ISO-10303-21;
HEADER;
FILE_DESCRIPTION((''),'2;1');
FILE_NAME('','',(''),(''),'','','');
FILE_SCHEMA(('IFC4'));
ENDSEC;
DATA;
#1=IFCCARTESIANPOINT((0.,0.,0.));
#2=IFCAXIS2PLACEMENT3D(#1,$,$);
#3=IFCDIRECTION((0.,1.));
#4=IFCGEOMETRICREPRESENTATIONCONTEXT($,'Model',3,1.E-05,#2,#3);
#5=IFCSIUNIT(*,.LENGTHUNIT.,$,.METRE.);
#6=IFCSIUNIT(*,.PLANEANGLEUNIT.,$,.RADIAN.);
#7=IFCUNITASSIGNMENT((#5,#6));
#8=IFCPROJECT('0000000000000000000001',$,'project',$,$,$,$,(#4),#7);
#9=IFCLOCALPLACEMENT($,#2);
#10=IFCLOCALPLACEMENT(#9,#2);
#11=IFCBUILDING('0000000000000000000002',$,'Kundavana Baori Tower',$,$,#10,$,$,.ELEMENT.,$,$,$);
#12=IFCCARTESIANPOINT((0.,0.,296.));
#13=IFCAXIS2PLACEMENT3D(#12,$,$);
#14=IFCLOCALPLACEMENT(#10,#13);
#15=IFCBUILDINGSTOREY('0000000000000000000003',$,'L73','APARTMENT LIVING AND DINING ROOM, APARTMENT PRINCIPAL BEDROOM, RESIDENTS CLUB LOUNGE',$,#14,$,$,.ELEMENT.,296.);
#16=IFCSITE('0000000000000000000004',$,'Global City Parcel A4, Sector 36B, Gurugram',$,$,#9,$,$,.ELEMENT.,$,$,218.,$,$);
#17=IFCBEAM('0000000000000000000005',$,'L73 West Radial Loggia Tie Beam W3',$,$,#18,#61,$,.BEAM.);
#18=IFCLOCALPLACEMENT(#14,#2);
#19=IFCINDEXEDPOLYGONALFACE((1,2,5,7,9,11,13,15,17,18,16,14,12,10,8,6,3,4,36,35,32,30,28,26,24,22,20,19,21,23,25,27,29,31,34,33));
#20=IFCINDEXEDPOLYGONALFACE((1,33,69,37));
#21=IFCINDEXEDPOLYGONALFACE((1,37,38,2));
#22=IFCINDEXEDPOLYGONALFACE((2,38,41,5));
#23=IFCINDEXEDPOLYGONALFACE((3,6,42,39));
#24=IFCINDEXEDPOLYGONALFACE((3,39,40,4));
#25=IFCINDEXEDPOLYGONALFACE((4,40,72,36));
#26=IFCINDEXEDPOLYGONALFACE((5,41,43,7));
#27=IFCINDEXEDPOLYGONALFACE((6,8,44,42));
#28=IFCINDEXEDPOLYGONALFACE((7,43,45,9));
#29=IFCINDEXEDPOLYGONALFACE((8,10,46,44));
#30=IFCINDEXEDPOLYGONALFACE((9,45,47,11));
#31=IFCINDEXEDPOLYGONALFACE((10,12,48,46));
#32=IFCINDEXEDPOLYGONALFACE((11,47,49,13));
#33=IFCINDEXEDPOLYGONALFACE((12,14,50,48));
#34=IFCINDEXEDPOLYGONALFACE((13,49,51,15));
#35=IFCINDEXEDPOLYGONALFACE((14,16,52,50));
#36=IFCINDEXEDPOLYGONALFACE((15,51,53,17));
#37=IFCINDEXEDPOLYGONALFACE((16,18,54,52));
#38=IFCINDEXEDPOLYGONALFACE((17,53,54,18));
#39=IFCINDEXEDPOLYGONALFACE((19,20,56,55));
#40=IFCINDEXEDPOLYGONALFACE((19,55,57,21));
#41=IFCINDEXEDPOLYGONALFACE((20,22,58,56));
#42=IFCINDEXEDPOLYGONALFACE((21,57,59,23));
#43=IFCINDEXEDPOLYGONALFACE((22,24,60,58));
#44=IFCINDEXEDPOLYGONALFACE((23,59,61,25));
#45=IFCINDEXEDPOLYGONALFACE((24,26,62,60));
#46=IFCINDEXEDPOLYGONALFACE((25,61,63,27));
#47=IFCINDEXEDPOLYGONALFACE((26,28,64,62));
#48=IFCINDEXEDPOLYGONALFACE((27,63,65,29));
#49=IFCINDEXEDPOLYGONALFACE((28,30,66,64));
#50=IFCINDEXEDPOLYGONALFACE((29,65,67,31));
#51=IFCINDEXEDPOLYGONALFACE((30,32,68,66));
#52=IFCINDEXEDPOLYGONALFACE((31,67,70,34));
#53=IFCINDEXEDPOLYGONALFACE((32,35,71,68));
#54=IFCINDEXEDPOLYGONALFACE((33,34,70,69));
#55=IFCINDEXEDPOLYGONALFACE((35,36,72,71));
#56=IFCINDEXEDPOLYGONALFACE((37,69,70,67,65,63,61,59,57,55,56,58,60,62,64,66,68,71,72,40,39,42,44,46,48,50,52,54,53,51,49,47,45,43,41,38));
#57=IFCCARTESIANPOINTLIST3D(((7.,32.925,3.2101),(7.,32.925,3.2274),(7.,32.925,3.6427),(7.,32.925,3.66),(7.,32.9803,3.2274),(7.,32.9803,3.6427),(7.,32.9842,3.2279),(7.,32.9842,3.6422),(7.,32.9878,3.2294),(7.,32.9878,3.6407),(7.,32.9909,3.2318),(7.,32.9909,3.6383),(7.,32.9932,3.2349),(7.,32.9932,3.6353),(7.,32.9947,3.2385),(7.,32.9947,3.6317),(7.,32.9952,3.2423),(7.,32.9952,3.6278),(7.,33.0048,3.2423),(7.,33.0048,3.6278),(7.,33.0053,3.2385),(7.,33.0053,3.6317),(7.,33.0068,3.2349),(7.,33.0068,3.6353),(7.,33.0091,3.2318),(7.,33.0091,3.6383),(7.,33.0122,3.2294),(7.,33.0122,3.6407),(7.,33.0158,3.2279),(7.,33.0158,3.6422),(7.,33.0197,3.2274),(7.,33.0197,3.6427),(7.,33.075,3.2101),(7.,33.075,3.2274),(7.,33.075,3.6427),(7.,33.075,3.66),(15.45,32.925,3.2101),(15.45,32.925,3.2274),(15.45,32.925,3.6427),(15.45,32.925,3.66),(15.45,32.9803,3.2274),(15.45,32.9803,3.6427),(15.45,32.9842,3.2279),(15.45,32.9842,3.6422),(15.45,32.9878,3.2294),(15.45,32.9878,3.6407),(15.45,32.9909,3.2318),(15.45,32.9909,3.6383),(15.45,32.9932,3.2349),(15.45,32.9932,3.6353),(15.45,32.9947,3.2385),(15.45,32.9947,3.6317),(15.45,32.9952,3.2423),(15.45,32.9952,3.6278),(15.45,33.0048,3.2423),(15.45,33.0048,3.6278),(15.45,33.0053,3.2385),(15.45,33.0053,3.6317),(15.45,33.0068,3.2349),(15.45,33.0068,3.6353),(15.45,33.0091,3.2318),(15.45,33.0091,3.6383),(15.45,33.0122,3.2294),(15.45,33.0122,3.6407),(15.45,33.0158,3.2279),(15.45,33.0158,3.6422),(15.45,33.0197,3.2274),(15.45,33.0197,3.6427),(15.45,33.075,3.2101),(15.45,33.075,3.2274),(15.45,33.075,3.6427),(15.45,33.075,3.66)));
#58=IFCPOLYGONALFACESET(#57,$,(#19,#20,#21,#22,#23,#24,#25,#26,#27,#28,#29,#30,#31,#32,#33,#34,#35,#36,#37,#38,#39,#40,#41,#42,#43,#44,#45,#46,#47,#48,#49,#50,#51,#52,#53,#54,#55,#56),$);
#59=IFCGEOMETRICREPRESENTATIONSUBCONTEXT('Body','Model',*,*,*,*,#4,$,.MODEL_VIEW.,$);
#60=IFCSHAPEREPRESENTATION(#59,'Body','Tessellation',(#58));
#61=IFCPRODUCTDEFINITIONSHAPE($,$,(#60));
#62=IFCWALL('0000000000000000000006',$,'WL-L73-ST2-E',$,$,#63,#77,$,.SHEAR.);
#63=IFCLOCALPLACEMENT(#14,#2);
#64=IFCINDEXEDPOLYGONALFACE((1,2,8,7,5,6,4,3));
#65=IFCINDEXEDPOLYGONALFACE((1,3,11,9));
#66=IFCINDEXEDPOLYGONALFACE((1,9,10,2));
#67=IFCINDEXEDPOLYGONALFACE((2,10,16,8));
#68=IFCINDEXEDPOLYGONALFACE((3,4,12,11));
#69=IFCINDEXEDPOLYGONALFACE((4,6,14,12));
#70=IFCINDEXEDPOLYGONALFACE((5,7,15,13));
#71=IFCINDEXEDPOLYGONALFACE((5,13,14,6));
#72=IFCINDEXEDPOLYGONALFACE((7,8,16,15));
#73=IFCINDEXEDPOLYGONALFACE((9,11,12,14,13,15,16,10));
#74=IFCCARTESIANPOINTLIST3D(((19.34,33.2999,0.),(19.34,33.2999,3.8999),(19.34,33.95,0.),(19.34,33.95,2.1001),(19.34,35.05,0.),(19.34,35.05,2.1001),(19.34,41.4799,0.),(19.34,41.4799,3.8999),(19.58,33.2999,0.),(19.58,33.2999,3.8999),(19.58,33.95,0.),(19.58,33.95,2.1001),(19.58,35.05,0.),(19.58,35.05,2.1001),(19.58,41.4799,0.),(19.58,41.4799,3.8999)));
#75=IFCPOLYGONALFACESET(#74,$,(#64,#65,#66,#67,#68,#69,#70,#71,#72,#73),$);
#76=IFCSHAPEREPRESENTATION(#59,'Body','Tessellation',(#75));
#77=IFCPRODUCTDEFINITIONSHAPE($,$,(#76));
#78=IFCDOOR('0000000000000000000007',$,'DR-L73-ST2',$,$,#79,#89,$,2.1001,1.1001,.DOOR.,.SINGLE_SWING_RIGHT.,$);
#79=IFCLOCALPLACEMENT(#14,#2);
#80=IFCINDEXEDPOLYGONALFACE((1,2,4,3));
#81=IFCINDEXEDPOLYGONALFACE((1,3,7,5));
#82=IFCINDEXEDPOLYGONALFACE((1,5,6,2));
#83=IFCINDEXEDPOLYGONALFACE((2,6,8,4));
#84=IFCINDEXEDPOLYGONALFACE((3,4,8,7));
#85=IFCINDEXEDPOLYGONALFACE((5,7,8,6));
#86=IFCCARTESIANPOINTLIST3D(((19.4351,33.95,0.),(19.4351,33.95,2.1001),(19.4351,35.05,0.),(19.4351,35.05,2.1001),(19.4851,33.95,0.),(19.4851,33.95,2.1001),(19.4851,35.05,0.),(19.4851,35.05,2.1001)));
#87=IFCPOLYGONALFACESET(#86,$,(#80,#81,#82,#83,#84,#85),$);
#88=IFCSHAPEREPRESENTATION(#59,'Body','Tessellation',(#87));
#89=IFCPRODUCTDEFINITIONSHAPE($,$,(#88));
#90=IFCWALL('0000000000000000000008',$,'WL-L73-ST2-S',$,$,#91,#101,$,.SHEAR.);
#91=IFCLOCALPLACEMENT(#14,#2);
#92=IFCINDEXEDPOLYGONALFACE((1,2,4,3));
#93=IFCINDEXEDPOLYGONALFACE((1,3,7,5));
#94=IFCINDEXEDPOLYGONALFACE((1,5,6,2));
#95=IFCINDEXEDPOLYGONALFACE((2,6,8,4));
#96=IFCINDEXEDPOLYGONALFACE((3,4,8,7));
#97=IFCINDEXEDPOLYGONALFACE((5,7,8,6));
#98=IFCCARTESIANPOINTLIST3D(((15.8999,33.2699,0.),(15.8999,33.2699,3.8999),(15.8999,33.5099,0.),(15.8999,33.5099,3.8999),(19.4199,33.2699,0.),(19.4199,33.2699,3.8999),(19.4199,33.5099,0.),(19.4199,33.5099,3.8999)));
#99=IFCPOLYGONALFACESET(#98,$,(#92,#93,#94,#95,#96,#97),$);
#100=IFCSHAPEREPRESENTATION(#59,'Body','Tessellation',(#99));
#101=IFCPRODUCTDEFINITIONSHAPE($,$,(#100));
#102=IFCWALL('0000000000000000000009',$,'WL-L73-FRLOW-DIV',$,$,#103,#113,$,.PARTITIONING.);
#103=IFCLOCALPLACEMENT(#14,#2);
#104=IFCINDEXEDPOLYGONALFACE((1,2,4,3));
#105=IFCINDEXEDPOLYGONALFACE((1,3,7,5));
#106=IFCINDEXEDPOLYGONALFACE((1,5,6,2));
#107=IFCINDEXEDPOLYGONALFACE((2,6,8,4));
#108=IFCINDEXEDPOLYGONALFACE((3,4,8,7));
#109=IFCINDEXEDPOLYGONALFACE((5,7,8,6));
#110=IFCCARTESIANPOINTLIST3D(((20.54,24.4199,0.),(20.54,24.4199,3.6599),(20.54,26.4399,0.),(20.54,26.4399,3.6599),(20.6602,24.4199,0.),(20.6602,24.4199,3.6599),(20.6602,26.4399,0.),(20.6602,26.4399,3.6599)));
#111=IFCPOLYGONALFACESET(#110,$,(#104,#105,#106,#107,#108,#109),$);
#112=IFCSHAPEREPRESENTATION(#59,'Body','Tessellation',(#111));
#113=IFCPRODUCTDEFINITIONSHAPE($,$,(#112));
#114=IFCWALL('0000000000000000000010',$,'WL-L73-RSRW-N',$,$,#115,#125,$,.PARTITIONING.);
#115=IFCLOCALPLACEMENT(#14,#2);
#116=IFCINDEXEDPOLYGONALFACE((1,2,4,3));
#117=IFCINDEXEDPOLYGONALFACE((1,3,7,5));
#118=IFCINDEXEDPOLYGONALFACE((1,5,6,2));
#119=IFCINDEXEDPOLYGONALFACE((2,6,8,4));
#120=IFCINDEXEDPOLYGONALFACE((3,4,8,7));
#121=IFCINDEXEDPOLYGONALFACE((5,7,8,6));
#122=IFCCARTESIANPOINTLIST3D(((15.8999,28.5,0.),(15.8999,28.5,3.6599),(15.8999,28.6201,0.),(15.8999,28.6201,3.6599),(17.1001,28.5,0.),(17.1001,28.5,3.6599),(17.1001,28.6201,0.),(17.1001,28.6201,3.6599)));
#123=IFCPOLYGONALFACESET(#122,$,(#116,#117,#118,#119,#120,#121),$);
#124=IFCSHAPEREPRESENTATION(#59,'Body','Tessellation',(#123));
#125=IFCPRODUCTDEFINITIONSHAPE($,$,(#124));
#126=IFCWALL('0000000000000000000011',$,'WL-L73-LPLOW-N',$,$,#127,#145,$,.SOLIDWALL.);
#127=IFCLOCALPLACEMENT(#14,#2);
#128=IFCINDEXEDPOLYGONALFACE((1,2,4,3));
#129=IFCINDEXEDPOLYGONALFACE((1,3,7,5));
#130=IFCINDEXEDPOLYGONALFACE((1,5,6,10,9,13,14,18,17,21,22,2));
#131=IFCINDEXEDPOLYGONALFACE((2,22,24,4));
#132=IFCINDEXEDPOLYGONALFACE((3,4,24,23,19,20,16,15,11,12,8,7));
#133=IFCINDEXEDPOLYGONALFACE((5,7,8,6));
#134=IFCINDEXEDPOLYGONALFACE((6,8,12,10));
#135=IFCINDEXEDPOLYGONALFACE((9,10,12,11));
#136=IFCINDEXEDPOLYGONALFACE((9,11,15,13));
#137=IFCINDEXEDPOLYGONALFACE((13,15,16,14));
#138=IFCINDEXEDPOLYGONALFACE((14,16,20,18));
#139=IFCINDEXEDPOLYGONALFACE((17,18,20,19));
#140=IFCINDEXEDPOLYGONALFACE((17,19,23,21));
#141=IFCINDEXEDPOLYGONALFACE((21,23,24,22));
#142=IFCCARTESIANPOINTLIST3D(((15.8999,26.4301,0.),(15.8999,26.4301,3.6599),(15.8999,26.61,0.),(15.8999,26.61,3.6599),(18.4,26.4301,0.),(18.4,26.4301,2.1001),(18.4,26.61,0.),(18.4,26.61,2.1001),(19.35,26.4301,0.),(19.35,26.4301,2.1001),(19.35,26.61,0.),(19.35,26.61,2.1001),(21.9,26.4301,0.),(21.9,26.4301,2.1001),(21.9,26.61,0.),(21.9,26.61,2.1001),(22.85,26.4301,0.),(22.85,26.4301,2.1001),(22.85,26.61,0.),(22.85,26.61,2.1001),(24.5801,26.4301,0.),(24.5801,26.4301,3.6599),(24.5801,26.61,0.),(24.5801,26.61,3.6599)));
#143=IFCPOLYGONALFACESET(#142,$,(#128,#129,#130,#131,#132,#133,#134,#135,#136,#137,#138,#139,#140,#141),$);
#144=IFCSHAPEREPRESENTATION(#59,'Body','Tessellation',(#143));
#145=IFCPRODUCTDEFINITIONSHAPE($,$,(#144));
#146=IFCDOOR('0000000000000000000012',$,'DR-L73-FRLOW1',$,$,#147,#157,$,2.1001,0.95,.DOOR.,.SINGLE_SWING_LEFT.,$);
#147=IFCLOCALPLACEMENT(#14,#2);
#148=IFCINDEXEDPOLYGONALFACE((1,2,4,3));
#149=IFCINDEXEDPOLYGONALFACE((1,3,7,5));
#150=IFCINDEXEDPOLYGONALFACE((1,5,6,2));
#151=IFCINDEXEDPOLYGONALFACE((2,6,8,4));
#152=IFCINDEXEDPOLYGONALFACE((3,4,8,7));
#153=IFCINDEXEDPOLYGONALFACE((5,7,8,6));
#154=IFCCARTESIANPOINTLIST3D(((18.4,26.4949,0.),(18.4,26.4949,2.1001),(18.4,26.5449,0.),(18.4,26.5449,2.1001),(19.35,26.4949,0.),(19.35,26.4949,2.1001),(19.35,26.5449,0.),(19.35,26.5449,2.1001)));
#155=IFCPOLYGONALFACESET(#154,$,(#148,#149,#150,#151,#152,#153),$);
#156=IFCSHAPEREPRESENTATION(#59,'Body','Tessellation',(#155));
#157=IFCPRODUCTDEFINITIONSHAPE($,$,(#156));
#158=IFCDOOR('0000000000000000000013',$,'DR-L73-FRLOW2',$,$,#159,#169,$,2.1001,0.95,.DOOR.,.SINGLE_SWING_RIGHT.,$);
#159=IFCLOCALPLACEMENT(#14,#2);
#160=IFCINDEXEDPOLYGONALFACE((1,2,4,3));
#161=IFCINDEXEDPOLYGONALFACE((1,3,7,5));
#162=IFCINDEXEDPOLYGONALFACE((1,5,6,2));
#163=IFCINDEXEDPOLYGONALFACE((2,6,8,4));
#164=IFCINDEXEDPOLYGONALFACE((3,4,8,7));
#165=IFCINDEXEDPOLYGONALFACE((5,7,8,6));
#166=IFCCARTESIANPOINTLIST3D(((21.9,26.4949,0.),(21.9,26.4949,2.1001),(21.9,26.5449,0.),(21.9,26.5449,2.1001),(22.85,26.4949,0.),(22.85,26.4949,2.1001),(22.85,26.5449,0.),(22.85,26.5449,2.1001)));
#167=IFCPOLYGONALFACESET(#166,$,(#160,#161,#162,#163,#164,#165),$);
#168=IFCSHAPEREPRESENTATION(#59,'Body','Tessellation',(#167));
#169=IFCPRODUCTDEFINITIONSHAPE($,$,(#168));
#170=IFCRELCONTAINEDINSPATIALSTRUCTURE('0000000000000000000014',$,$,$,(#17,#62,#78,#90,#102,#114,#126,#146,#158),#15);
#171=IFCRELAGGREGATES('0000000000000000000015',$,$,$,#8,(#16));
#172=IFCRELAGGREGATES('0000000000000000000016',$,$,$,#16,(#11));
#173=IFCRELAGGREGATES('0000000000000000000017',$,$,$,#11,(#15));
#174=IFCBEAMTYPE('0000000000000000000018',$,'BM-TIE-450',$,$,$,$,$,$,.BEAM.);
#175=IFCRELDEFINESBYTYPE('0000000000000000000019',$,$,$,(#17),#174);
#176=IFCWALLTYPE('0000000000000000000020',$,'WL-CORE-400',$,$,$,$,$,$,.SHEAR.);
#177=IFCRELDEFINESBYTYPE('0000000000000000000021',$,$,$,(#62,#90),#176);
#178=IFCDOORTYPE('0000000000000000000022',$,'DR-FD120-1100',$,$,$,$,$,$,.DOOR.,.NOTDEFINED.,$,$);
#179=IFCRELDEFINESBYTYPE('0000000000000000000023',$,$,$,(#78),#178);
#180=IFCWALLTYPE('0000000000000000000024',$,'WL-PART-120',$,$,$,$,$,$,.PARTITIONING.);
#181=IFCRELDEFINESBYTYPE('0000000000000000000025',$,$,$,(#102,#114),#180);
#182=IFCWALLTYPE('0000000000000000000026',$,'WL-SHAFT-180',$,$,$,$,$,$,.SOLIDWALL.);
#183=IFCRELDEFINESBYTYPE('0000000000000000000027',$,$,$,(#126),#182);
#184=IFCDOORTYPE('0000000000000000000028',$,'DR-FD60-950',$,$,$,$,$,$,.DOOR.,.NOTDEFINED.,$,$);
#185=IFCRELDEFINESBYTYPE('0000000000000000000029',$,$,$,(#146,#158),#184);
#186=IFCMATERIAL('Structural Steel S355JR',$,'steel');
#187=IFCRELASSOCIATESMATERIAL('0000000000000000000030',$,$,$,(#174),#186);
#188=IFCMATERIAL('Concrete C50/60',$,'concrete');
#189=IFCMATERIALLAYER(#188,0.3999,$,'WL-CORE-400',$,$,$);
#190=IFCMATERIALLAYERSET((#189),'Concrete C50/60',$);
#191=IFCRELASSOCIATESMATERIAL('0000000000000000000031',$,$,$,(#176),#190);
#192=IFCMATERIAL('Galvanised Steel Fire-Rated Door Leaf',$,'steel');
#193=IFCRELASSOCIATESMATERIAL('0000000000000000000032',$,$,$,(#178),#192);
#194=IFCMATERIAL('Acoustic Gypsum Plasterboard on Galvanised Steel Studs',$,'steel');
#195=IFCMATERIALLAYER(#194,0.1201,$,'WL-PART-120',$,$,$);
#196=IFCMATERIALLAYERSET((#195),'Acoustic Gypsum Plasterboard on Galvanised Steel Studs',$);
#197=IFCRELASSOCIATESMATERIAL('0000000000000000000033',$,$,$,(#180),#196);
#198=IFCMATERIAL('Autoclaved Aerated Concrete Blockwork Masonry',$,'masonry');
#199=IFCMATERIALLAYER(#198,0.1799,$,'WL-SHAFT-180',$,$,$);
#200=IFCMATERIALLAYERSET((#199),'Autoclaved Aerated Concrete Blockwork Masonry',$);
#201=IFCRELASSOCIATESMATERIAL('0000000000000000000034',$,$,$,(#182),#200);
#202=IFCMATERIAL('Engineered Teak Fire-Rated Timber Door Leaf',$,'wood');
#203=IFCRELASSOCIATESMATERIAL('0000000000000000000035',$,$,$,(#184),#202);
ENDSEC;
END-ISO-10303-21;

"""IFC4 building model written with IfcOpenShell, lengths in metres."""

from ifc_helpers import new_model, si_unit, direction, frame, frame_2d, origin, origin_2d, place, context, subcontext, project, spatial, rectangle, i_section, extrude, material, layer, layer_set, material_profile, profile_set, type_object, element, fill, save


model = new_model("IFC4")

# Units and contexts
model_context = context("Model", 3, precision=1e-05, world=origin(), true_north=direction((0.0, 1.0)))
body_context = subcontext(model_context, "Body", "Model", "MODEL_VIEW")
ifc_project = project(units=[si_unit("LENGTHUNIT", "METRE"), si_unit("PLANEANGLEUNIT", "RADIAN")], contexts=[model_context])

# Site, building, storey
site_placement = place(None, origin())
site = spatial("IfcSite", under=ifc_project, at=site_placement, Name="Global City Parcel A4, Sector 36B, Gurugram", CompositionType="ELEMENT", RefElevation=218.0)
building_placement = place(site_placement, origin())
building = spatial("IfcBuilding", under=site, at=building_placement, Name="Kundavana Baori Tower", CompositionType="ELEMENT")
storey_placement = place(building_placement, frame((0.0, 0.0, 296.0)))
storey = spatial("IfcBuildingStorey", under=building, at=storey_placement, Name="L73", Description="APARTMENT LIVING AND DINING ROOM, APARTMENT PRINCIPAL BEDROOM, RESIDENTS CLUB LOUNGE", CompositionType="ELEMENT", Elevation=296.0)

# Beam
ifc_material_1 = material(Name="Structural Steel S355JR", Category="steel")
ifc_material_profile_1 = material_profile(ifc_material_1, i_section(OverallWidth=0.1499, OverallDepth=0.45, WebThickness=0.0095, FlangeThickness=0.0173, FilletRadius=0.0149, at=origin_2d()), Name="ISMB 450")
ifc_profile_set_1 = profile_set([ifc_material_profile_1], Name="Structural Steel S355JR")
beam_type_1 = type_object("IfcBeamType", Name="BM-TIE-450", PredefinedType="BEAM", material=ifc_profile_set_1)
for number, where, z_axis, x_axis, name in (
    (1, (15.45, 33.0, 3.4351), (-1.0, 0.0, 0.0), (0.0, -1.0, 0.0), "L73 West Radial Loggia Tie Beam W3"),
):
    element("IfcBeam", number, at=place(storey_placement, frame(where, z_axis=z_axis, x_axis=x_axis)), inside=storey, type_object=beam_type_1, Name=name, PredefinedType="BEAM", context=body_context, shape_type="SweptSolid", body=[
        extrude(i_section(OverallWidth=0.1499, OverallDepth=0.45, WebThickness=0.0095, FlangeThickness=0.0173, FilletRadius=0.0149, at=origin_2d()), origin(), (0.0, 0.0, 1.0), 8.45),
    ])

# Wall, opening, door
ifc_material_2 = material(Name="Concrete C50/60", Category="concrete")
ifc_layer_1 = layer(ifc_material_2, 0.3999, Name="WL-CORE-400")
ifc_layer_set_1 = layer_set([ifc_layer_1], Name="Concrete C50/60")
wall_type_1 = type_object("IfcWallType", Name="WL-CORE-400", PredefinedType="SHEAR", material=ifc_layer_set_1)
wall_1_placement = place(storey_placement, frame((19.46, 33.3, 0.0), z_axis=(0.0, 0.0, 1.0), x_axis=(0.0, 1.0, 0.0)))
wall_1 = element("IfcWall", 2, at=wall_1_placement, inside=storey, type_object=wall_type_1, Name="WL-L73-ST2-E", PredefinedType="SHEAR", context=body_context, shape_type="SweptSolid", body=[
    extrude(rectangle(XDim=8.1799, YDim=0.24, at=frame_2d((4.0898, 0.0))), origin(), (0.0, 0.0, 1.0), 3.8999),
])
opening_1_placement = place(wall_1_placement, frame((0.6499, 0.0, 0.0)))
opening_1 = element("IfcOpeningElement", 3, at=opening_1_placement, cuts=wall_1, PredefinedType="OPENING", context=body_context, shape_type="SweptSolid", body=[
    extrude(rectangle(XDim=1.1001, YDim=2.1001, at=frame_2d((0.55, 1.05))), frame((0.0, 0.1299, 0.0), z_axis=(0.0, -1.0, 0.0), x_axis=(1.0, 0.0, 0.0)), (0.0, 0.0, 1.0), 0.26),
])
ifc_material_3 = material(Name="Galvanised Steel Fire-Rated Door Leaf", Category="steel")
door_type_1 = type_object("IfcDoorType", Name="DR-FD120-1100", OperationType="NOTDEFINED", PredefinedType="DOOR", material=ifc_material_3)
door_1_placement = place(opening_1_placement, origin())
door_1 = element("IfcDoor", 4, at=door_1_placement, inside=storey, type_object=door_type_1, Name="DR-L73-ST2", OperationType="SINGLE_SWING_RIGHT", OverallHeight=2.1001, OverallWidth=1.1001, PredefinedType="DOOR", context=body_context, shape_type="SweptSolid", body=[
    extrude(rectangle(XDim=1.1001, YDim=2.1001, at=frame_2d((0.55, 1.05))), frame((0.0, 0.0249, 0.0), z_axis=(0.0, -1.0, 0.0), x_axis=(1.0, 0.0, 0.0)), (0.0, 0.0, 1.0), 0.05),
])
fill(opening_1, door_1)

# Walls
wall_2_placement = place(storey_placement, frame((15.8999, 33.3899, 0.0), z_axis=(0.0, 0.0, 1.0), x_axis=(1.0, 0.0, 0.0)))
element("IfcWall", 5, at=wall_2_placement, inside=storey, type_object=wall_type_1, Name="WL-L73-ST2-S", PredefinedType="SHEAR", context=body_context, shape_type="SweptSolid", body=[
    extrude(rectangle(XDim=3.52, YDim=0.24, at=frame_2d((1.76, 0.0))), origin(), (0.0, 0.0, 1.0), 3.8999),
])
ifc_material_4 = material(Name="Acoustic Gypsum Plasterboard on Galvanised Steel Studs", Category="steel")
ifc_layer_2 = layer(ifc_material_4, 0.1201, Name="WL-PART-120")
ifc_layer_set_2 = layer_set([ifc_layer_2], Name="Acoustic Gypsum Plasterboard on Galvanised Steel Studs")
wall_type_2 = type_object("IfcWallType", Name="WL-PART-120", PredefinedType="PARTITIONING", material=ifc_layer_set_2)
wall_3_placement = place(storey_placement, frame((20.6001, 24.4199, 0.0), z_axis=(0.0, 0.0, 1.0), x_axis=(0.0, 1.0, 0.0)))
element("IfcWall", 6, at=wall_3_placement, inside=storey, type_object=wall_type_2, Name="WL-L73-FRLOW-DIV", PredefinedType="PARTITIONING", context=body_context, shape_type="SweptSolid", body=[
    extrude(rectangle(XDim=2.02, YDim=0.1201, at=frame_2d((1.01, 0.0))), origin(), (0.0, 0.0, 1.0), 3.6599),
])
wall_4_placement = place(storey_placement, frame((15.8999, 28.5601, 0.0), z_axis=(0.0, 0.0, 1.0), x_axis=(1.0, 0.0, 0.0)))
element("IfcWall", 7, at=wall_4_placement, inside=storey, type_object=wall_type_2, Name="WL-L73-RSRW-N", PredefinedType="PARTITIONING", context=body_context, shape_type="SweptSolid", body=[
    extrude(rectangle(XDim=1.2002, YDim=0.1201, at=frame_2d((0.6001, 0.0))), origin(), (0.0, 0.0, 1.0), 3.6599),
])

# Wall, openings, doors
ifc_material_5 = material(Name="Autoclaved Aerated Concrete Blockwork Masonry", Category="masonry")
ifc_layer_3 = layer(ifc_material_5, 0.1799, Name="WL-SHAFT-180")
ifc_layer_set_3 = layer_set([ifc_layer_3], Name="Autoclaved Aerated Concrete Blockwork Masonry")
wall_type_3 = type_object("IfcWallType", Name="WL-SHAFT-180", PredefinedType="SOLIDWALL", material=ifc_layer_set_3)
wall_5_placement = place(storey_placement, frame((15.8999, 26.52, 0.0), z_axis=(0.0, 0.0, 1.0), x_axis=(1.0, 0.0, 0.0)))
wall_5 = element("IfcWall", 8, at=wall_5_placement, inside=storey, type_object=wall_type_3, Name="WL-L73-LPLOW-N", PredefinedType="SOLIDWALL", context=body_context, shape_type="SweptSolid", body=[
    extrude(rectangle(XDim=8.6802, YDim=0.1799, at=frame_2d((4.3401, 0.0))), origin(), (0.0, 0.0, 1.0), 3.6599),
])
opening_2_placement = place(wall_5_placement, frame((2.5, 0.0, 0.0)))
opening_2 = element("IfcOpeningElement", 9, at=opening_2_placement, cuts=wall_5, PredefinedType="OPENING", context=body_context, shape_type="SweptSolid", body=[
    extrude(rectangle(XDim=0.95, YDim=2.1001, at=frame_2d((0.4751, 1.05))), frame((0.0, 0.1001, 0.0), z_axis=(0.0, -1.0, 0.0), x_axis=(1.0, 0.0, 0.0)), (0.0, 0.0, 1.0), 0.2),
])
opening_3_placement = place(wall_5_placement, frame((6.0, 0.0, 0.0)))
opening_3 = element("IfcOpeningElement", 10, at=opening_3_placement, cuts=wall_5, PredefinedType="OPENING", context=body_context, shape_type="SweptSolid", body=[
    extrude(rectangle(XDim=0.95, YDim=2.1001, at=frame_2d((0.4751, 1.05))), frame((0.0, 0.1001, 0.0), z_axis=(0.0, -1.0, 0.0), x_axis=(1.0, 0.0, 0.0)), (0.0, 0.0, 1.0), 0.2),
])
ifc_material_6 = material(Name="Engineered Teak Fire-Rated Timber Door Leaf", Category="wood")
door_type_2 = type_object("IfcDoorType", Name="DR-FD60-950", OperationType="NOTDEFINED", PredefinedType="DOOR", material=ifc_material_6)
door_2_placement = place(opening_2_placement, origin())
door_2 = element("IfcDoor", 11, at=door_2_placement, inside=storey, type_object=door_type_2, Name="DR-L73-FRLOW1", OperationType="SINGLE_SWING_LEFT", OverallHeight=2.1001, OverallWidth=0.95, PredefinedType="DOOR", context=body_context, shape_type="SweptSolid", body=[
    extrude(rectangle(XDim=0.95, YDim=2.1001, at=frame_2d((0.4751, 1.05))), frame((0.0, 0.0249, 0.0), z_axis=(0.0, -1.0, 0.0), x_axis=(1.0, 0.0, 0.0)), (0.0, 0.0, 1.0), 0.05),
])
fill(opening_2, door_2)
door_3_placement = place(opening_3_placement, origin())
door_3 = element("IfcDoor", 12, at=door_3_placement, inside=storey, type_object=door_type_2, Name="DR-L73-FRLOW2", OperationType="SINGLE_SWING_RIGHT", OverallHeight=2.1001, OverallWidth=0.95, PredefinedType="DOOR", context=body_context, shape_type="SweptSolid", body=[
    extrude(rectangle(XDim=0.95, YDim=2.1001, at=frame_2d((0.4751, 1.05))), frame((0.0, 0.0249, 0.0), z_axis=(0.0, -1.0, 0.0), x_axis=(1.0, 0.0, 0.0)), (0.0, 0.0, 1.0), 0.05),
])
fill(opening_3, door_3)

save(model, "model.ifc")
